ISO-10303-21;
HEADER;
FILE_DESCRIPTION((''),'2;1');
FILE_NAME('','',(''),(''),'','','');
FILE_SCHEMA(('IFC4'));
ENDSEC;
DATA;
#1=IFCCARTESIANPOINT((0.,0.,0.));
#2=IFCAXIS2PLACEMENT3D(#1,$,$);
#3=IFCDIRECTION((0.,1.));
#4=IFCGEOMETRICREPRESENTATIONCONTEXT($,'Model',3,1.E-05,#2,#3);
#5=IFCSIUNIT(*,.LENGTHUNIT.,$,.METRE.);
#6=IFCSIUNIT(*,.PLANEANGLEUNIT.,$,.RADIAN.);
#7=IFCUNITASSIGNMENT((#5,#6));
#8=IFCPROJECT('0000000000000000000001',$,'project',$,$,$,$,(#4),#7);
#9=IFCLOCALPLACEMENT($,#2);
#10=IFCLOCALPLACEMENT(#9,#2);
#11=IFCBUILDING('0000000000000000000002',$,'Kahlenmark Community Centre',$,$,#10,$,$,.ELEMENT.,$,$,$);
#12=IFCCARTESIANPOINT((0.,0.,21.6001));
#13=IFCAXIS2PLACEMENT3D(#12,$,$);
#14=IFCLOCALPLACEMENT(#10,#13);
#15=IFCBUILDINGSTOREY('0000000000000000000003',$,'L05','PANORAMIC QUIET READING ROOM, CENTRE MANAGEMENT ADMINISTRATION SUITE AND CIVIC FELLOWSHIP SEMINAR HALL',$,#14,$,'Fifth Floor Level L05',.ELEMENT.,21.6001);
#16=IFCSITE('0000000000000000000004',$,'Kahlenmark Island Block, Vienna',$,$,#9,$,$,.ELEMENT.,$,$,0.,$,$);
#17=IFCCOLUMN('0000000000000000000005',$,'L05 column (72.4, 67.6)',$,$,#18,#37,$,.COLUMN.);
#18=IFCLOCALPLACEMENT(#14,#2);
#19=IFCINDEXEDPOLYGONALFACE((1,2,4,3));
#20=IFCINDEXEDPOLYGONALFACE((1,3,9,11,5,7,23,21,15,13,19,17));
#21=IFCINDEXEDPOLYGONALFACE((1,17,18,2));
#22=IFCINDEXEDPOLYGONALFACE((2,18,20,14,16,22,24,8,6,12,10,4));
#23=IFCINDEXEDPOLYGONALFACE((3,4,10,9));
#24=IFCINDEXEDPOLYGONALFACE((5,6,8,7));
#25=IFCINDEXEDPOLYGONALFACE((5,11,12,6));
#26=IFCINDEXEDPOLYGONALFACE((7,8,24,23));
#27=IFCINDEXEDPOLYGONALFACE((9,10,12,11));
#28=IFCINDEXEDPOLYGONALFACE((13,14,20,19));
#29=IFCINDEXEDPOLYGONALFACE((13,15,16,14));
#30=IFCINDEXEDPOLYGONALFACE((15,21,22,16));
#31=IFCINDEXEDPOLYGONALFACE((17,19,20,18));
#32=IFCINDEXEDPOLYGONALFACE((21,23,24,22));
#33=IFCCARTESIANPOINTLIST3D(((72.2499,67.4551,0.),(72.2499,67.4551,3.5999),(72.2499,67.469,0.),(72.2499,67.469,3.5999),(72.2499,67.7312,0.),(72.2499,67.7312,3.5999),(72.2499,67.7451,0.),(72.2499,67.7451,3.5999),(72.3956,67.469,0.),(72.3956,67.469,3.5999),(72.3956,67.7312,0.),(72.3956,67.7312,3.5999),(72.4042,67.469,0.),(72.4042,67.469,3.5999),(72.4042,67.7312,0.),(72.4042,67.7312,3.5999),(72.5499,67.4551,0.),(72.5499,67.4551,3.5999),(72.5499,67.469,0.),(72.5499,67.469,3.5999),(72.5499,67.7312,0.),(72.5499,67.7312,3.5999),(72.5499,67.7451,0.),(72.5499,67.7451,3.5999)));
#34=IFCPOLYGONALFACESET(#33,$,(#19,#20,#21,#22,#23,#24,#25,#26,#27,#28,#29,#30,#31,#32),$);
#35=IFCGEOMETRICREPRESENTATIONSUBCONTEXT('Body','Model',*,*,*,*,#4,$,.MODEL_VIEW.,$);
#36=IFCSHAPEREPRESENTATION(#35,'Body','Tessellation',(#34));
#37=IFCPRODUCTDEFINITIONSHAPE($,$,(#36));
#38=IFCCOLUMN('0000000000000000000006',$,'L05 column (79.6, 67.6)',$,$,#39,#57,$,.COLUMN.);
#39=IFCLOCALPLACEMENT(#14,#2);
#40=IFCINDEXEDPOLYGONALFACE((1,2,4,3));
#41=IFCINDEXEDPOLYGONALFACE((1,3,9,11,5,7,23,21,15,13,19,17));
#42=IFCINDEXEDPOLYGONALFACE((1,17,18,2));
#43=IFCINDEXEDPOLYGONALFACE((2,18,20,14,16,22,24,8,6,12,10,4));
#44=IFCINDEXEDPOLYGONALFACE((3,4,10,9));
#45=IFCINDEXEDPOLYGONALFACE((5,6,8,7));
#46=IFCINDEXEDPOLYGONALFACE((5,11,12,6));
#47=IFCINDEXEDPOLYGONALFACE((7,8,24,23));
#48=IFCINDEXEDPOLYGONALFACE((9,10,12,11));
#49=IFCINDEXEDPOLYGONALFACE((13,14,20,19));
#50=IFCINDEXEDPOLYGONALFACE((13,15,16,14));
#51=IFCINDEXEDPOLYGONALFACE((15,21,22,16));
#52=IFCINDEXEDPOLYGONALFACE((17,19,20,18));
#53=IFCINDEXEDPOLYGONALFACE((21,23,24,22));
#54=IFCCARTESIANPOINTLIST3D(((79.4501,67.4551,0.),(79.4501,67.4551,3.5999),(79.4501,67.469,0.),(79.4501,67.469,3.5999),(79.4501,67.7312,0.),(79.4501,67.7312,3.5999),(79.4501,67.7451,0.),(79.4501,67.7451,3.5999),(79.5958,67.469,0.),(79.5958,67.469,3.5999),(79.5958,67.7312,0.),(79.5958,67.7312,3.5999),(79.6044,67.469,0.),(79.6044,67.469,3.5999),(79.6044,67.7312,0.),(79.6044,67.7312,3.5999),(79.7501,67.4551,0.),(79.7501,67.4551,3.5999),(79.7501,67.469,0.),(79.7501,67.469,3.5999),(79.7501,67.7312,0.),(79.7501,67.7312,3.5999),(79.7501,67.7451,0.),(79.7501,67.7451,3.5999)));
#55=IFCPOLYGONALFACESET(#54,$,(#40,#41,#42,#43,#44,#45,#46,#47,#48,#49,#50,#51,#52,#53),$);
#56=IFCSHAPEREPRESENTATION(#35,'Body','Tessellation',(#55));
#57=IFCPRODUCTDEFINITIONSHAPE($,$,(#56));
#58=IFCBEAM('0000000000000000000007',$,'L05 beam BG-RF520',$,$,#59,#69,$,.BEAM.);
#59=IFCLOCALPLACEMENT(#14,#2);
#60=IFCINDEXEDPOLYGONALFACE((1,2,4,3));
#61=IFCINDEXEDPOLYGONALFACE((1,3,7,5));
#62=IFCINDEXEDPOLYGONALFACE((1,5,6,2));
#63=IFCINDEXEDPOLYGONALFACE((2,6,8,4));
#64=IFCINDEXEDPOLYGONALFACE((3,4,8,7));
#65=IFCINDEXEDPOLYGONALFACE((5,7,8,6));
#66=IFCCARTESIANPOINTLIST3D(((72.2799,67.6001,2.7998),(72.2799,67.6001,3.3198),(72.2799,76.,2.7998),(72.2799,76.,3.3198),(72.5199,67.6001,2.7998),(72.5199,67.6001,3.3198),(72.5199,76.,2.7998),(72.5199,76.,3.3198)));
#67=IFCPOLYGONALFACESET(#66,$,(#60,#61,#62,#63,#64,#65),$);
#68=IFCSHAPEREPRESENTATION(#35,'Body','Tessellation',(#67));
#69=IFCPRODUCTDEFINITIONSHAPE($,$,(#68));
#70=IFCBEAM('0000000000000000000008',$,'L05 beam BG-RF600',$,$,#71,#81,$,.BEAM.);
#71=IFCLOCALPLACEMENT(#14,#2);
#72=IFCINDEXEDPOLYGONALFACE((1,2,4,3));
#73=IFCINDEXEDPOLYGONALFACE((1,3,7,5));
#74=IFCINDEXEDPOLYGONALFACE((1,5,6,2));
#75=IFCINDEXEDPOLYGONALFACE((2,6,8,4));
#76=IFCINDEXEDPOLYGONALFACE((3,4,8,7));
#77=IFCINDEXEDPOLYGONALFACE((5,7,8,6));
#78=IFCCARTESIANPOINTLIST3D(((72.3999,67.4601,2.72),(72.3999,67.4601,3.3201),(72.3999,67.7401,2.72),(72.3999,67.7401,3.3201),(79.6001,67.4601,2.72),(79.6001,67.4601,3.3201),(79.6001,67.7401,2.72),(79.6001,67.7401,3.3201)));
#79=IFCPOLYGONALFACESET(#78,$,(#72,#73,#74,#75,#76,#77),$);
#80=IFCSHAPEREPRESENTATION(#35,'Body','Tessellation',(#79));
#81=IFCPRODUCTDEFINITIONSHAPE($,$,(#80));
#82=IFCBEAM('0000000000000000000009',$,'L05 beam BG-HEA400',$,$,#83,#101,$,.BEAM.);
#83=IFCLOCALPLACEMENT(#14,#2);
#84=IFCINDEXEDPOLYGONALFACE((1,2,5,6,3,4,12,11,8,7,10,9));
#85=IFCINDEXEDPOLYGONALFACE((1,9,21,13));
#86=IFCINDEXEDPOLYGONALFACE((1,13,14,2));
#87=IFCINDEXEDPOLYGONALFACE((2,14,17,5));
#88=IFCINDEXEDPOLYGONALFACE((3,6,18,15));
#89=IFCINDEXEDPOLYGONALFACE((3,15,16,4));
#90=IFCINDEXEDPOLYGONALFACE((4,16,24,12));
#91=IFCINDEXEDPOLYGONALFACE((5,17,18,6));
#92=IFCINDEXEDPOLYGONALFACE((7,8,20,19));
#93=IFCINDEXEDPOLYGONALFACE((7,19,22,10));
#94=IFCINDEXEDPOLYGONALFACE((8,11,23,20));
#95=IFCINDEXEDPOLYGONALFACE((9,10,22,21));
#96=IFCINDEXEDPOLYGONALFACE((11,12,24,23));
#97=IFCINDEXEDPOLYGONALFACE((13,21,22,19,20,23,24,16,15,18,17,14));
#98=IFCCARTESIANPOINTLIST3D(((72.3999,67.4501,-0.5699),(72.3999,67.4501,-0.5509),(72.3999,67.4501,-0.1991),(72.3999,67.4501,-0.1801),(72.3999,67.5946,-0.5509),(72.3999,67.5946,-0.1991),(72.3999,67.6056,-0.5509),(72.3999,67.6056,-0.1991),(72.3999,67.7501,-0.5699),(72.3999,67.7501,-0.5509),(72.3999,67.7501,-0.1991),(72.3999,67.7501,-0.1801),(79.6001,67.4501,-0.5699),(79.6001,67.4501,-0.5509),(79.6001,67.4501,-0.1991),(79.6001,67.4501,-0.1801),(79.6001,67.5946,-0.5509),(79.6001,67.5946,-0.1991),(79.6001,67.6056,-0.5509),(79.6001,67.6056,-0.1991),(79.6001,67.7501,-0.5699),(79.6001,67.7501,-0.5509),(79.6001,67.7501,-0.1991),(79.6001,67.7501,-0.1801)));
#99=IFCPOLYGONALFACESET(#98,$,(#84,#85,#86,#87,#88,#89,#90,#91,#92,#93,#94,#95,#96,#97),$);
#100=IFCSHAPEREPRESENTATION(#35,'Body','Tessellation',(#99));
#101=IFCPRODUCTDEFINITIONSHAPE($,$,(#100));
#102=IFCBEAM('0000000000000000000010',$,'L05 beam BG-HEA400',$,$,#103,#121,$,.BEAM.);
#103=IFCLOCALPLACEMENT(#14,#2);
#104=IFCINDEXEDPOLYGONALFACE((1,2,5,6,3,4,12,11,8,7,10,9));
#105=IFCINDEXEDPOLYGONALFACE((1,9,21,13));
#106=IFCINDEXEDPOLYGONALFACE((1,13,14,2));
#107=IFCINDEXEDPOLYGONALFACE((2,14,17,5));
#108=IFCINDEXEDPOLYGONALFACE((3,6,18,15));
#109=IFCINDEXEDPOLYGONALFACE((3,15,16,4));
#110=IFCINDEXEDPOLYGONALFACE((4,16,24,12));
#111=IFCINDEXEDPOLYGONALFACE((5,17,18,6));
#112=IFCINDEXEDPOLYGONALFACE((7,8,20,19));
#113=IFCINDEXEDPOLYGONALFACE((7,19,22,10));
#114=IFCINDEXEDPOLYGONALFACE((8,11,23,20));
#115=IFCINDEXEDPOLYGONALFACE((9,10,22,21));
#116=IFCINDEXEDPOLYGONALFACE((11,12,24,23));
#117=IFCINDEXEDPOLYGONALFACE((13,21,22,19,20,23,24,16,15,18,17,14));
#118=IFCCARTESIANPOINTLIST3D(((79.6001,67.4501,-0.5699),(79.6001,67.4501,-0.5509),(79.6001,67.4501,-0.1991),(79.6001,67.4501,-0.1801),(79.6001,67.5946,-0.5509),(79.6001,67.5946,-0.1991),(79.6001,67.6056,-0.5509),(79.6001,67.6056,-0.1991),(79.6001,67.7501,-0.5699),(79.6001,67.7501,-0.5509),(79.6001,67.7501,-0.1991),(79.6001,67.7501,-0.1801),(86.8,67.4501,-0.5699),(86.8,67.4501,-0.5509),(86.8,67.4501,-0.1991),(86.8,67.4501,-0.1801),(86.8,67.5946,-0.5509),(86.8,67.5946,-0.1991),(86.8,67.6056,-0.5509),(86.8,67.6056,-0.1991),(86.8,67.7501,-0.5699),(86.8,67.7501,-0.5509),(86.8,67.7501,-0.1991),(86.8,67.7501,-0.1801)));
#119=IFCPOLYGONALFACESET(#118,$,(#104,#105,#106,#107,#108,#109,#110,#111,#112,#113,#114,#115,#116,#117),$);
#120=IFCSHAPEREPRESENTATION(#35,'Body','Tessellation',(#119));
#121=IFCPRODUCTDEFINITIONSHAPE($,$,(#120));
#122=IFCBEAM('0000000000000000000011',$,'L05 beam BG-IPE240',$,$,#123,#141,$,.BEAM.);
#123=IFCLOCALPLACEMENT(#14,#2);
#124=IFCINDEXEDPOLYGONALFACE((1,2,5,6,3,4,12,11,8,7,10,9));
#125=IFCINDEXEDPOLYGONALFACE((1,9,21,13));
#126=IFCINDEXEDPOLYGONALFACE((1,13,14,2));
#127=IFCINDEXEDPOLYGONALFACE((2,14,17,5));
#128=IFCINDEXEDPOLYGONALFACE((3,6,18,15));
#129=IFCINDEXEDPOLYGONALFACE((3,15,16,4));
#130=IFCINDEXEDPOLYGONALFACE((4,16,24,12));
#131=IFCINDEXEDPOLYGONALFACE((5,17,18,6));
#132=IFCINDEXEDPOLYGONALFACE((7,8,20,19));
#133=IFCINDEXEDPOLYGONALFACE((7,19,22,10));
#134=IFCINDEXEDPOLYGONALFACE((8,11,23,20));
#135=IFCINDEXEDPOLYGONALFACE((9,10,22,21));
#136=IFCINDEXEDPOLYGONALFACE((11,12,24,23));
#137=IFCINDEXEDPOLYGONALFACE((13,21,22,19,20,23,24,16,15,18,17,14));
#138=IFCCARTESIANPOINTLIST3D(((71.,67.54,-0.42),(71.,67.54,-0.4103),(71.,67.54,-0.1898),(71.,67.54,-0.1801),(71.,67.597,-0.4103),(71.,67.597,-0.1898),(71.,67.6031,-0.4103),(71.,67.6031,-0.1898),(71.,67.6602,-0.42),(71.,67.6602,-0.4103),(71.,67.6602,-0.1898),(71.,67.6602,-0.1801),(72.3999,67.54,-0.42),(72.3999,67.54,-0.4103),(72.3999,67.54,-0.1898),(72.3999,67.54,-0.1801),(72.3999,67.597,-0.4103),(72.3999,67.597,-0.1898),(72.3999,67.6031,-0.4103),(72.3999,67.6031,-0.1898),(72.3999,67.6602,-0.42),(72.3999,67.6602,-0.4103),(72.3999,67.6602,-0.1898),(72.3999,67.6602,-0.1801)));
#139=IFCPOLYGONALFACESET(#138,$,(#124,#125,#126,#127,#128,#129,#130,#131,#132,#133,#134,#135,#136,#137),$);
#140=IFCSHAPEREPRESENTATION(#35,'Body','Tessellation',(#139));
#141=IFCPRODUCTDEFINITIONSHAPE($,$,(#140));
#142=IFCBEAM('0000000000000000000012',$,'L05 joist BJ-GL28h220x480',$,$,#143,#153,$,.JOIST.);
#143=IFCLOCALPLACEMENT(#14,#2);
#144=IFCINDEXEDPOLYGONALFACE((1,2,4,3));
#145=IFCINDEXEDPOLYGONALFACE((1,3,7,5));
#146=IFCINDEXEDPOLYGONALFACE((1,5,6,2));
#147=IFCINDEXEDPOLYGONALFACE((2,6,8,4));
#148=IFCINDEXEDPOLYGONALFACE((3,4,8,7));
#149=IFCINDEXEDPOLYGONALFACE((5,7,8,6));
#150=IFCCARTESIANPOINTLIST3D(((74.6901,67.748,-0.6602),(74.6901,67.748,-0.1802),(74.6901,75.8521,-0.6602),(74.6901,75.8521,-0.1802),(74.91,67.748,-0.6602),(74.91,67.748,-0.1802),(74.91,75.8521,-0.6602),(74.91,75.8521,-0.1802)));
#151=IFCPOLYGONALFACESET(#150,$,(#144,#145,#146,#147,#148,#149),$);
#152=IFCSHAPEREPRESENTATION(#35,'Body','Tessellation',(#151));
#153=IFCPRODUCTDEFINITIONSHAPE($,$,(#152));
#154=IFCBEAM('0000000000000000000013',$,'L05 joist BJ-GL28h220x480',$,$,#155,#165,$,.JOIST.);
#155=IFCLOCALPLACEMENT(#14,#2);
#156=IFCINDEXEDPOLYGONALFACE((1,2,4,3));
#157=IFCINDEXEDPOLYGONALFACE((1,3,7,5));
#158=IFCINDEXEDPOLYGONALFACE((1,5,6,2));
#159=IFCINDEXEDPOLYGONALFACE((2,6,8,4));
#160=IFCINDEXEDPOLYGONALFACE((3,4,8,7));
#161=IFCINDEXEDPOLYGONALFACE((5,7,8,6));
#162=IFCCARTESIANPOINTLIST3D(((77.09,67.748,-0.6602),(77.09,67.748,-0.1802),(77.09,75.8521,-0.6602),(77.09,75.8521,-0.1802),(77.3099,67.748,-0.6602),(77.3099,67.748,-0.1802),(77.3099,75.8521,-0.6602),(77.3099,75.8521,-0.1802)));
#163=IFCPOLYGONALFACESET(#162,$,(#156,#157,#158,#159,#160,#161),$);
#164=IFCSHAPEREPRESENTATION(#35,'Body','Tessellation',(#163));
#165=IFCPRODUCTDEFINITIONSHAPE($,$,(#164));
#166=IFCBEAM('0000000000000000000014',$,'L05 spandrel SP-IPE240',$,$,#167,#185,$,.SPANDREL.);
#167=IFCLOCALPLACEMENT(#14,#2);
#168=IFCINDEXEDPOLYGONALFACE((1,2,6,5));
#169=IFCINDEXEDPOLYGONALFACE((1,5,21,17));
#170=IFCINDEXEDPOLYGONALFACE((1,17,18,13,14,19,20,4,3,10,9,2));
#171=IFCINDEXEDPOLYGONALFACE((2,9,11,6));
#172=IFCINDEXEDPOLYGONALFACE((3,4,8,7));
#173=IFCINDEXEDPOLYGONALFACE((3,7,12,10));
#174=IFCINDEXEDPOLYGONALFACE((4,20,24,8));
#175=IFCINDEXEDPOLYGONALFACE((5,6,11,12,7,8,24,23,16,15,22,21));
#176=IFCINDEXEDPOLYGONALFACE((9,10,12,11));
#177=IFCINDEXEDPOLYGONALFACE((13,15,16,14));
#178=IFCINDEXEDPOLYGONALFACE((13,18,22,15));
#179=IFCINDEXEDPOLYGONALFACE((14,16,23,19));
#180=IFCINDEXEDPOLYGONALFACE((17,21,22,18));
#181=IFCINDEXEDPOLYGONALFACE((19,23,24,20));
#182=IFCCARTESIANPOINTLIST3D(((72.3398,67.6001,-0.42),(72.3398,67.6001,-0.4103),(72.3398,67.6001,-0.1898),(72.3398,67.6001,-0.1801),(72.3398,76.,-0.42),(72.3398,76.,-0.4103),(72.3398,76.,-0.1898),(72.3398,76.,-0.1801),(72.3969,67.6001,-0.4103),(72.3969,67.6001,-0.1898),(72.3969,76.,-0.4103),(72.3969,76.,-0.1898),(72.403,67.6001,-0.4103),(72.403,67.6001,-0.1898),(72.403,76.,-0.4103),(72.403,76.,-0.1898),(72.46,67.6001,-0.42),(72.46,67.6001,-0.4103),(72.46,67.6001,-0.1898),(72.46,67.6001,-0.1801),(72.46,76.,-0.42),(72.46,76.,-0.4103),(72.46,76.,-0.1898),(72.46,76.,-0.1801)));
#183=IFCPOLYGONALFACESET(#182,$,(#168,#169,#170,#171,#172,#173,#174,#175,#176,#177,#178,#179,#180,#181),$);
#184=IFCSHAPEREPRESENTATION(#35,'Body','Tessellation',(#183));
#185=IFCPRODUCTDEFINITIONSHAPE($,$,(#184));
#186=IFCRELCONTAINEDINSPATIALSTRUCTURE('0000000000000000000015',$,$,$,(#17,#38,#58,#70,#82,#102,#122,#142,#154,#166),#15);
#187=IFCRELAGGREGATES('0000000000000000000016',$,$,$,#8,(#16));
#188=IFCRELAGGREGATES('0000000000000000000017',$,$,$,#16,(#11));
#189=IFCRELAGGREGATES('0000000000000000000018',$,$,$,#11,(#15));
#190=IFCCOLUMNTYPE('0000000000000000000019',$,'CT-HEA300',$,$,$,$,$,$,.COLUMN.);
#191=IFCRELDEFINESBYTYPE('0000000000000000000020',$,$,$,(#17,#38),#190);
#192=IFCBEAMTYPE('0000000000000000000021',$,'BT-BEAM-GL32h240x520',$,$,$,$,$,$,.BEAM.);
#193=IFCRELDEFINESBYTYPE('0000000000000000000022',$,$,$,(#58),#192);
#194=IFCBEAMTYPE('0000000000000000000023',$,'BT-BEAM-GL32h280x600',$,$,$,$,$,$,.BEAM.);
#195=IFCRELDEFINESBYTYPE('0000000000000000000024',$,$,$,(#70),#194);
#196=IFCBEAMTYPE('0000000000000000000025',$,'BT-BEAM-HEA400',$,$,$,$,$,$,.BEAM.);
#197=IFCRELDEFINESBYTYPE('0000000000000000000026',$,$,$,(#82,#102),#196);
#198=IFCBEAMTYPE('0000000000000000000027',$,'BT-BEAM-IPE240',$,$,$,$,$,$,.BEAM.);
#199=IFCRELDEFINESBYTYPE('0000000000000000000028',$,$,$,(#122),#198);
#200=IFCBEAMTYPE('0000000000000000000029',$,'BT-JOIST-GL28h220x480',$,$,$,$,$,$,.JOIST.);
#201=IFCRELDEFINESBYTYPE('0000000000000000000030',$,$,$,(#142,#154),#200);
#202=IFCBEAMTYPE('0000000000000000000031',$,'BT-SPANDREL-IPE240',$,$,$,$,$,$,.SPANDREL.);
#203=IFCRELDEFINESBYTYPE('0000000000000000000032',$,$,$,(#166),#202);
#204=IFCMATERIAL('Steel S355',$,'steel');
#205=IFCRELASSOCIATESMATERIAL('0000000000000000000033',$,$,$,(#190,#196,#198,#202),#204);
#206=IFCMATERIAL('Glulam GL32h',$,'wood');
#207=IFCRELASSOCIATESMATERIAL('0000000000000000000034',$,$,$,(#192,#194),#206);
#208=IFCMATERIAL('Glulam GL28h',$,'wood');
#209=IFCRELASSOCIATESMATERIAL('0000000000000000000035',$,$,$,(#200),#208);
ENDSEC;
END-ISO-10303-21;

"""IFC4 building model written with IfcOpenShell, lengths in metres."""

from ifc_helpers import new_model, si_unit, direction, frame, origin, origin_2d, place, context, subcontext, project, spatial, rectangle, i_section, extrude, material, material_profile, profile_set, type_object, element, save


model = new_model("IFC4")

# Units and contexts
model_context = context("Model", 3, precision=1e-05, world=origin(), true_north=direction((0.0, 1.0)))
body_context = subcontext(model_context, "Body", "Model", "MODEL_VIEW")
ifc_project = project(units=[si_unit("LENGTHUNIT", "METRE"), si_unit("PLANEANGLEUNIT", "RADIAN")], contexts=[model_context])

# Site, building, storey
site_placement = place(None, origin())
site = spatial("IfcSite", under=ifc_project, at=site_placement, Name="Kahlenmark Island Block, Vienna", CompositionType="ELEMENT", RefElevation=0.0)
building_placement = place(site_placement, origin())
building = spatial("IfcBuilding", under=site, at=building_placement, Name="Kahlenmark Community Centre", CompositionType="ELEMENT")
storey_placement = place(building_placement, frame((0.0, 0.0, 21.6001)))
storey = spatial("IfcBuildingStorey", under=building, at=storey_placement, Name="L05", Description="PANORAMIC QUIET READING ROOM, CENTRE MANAGEMENT ADMINISTRATION SUITE AND CIVIC FELLOWSHIP SEMINAR HALL", LongName="Fifth Floor Level L05", CompositionType="ELEMENT", Elevation=21.6001)

# Columns
ifc_material_1 = material(Name="Steel S355", Category="steel")
ifc_material_profile_1 = material_profile(ifc_material_1, i_section(OverallWidth=0.3, OverallDepth=0.29, WebThickness=0.0085, FlangeThickness=0.0139, at=origin_2d()), Name="HEA 300")
ifc_profile_set_1 = profile_set([ifc_material_profile_1], Name="Steel S355")
column_type = type_object("IfcColumnType", Name="CT-HEA300", PredefinedType="COLUMN", material=ifc_profile_set_1)
for number, where, z_axis, x_axis, name in (
    (1, (72.3999, 67.6001, 0.0), (0.0, 0.0, 1.0), (1.0, 0.0, 0.0), "L05 column (72.4, 67.6)"),
    (2, (79.6001, 67.6001, 0.0), (0.0, 0.0, 1.0), (1.0, 0.0, 0.0), "L05 column (79.6, 67.6)"),
):
    element("IfcColumn", number, at=place(storey_placement, frame(where, z_axis=z_axis, x_axis=x_axis)), inside=storey, type_object=column_type, Name=name, PredefinedType="COLUMN", context=body_context, shape_type="SweptSolid", body=[
        extrude(i_section(OverallWidth=0.3, OverallDepth=0.29, WebThickness=0.0085, FlangeThickness=0.0139, at=origin_2d()), origin(), (0.0, 0.0, 1.0), 3.5999),
    ])

# Beams
ifc_material_2 = material(Name="Glulam GL32h", Category="wood")
ifc_material_profile_2 = material_profile(ifc_material_2, rectangle(XDim=0.24, YDim=0.52, at=origin_2d()), Name="GL32h 240x520")
ifc_profile_set_2 = profile_set([ifc_material_profile_2], Name="Glulam GL32h")
beam_type_1 = type_object("IfcBeamType", Name="BT-BEAM-GL32h240x520", PredefinedType="BEAM", material=ifc_profile_set_2)
beam_1_placement = place(storey_placement, frame((72.3999, 67.6001, 3.0598), z_axis=(0.0, 1.0, 0.0), x_axis=(-1.0, 0.0, 0.0)))
element("IfcBeam", 3, at=beam_1_placement, inside=storey, type_object=beam_type_1, Name="L05 beam BG-RF520", PredefinedType="BEAM", context=body_context, shape_type="SweptSolid", body=[
    extrude(rectangle(XDim=0.24, YDim=0.52, at=origin_2d()), origin(), (0.0, 0.0, 1.0), 8.3999),
])
ifc_material_profile_3 = material_profile(ifc_material_2, rectangle(XDim=0.28, YDim=0.6001, at=origin_2d()), Name="GL32h 280x600")
ifc_profile_set_3 = profile_set([ifc_material_profile_3], Name="Glulam GL32h")
beam_type_2 = type_object("IfcBeamType", Name="BT-BEAM-GL32h280x600", PredefinedType="BEAM", material=ifc_profile_set_3)
beam_2_placement = place(storey_placement, frame((72.3999, 67.6001, 3.02), z_axis=(1.0, 0.0, 0.0), x_axis=(0.0, 1.0, 0.0)))
element("IfcBeam", 4, at=beam_2_placement, inside=storey, type_object=beam_type_2, Name="L05 beam BG-RF600", PredefinedType="BEAM", context=body_context, shape_type="SweptSolid", body=[
    extrude(rectangle(XDim=0.28, YDim=0.6001, at=origin_2d()), origin(), (0.0, 0.0, 1.0), 7.2002),
])
ifc_material_profile_4 = material_profile(ifc_material_1, i_section(OverallWidth=0.3, OverallDepth=0.3899, WebThickness=0.011, FlangeThickness=0.019, at=origin_2d()), Name="HEA 400")
ifc_profile_set_4 = profile_set([ifc_material_profile_4], Name="Steel S355")
beam_type_3 = type_object("IfcBeamType", Name="BT-BEAM-HEA400", PredefinedType="BEAM", material=ifc_profile_set_4)
beam_3_placement = place(storey_placement, frame((72.3999, 67.6001, -0.375), z_axis=(1.0, 0.0, 0.0), x_axis=(0.0, 1.0, 0.0)))
element("IfcBeam", 5, at=beam_3_placement, inside=storey, type_object=beam_type_3, Name="L05 beam BG-HEA400", PredefinedType="BEAM", context=body_context, shape_type="SweptSolid", body=[
    extrude(i_section(OverallWidth=0.3, OverallDepth=0.3899, WebThickness=0.011, FlangeThickness=0.019, at=origin_2d()), origin(), (0.0, 0.0, 1.0), 7.2002),
])
beam_4_placement = place(storey_placement, frame((79.6001, 67.6001, -0.375), z_axis=(1.0, 0.0, 0.0), x_axis=(0.0, 1.0, 0.0)))
element("IfcBeam", 6, at=beam_4_placement, inside=storey, type_object=beam_type_3, Name="L05 beam BG-HEA400", PredefinedType="BEAM", context=body_context, shape_type="SweptSolid", body=[
    extrude(i_section(OverallWidth=0.3, OverallDepth=0.3899, WebThickness=0.011, FlangeThickness=0.019, at=origin_2d()), origin(), (0.0, 0.0, 1.0), 7.2),
])
ifc_material_profile_5 = material_profile(ifc_material_1, i_section(OverallWidth=0.1201, OverallDepth=0.24, WebThickness=0.0061, FlangeThickness=0.0098, at=origin_2d()), Name="IPE 240")
ifc_profile_set_5 = profile_set([ifc_material_profile_5], Name="Steel S355")
beam_type_4 = type_object("IfcBeamType", Name="BT-BEAM-IPE240", PredefinedType="BEAM", material=ifc_profile_set_5)
beam_5_placement = place(storey_placement, frame((71.0, 67.6001, -0.3), z_axis=(1.0, 0.0, 0.0), x_axis=(0.0, 1.0, 0.0)))
element("IfcBeam", 7, at=beam_5_placement, inside=storey, type_object=beam_type_4, Name="L05 beam BG-IPE240", PredefinedType="BEAM", context=body_context, shape_type="SweptSolid", body=[
    extrude(i_section(OverallWidth=0.1201, OverallDepth=0.24, WebThickness=0.0061, FlangeThickness=0.0098, at=origin_2d()), origin(), (0.0, 0.0, 1.0), 1.3999),
])
ifc_material_3 = material(Name="Glulam GL28h", Category="wood")
ifc_material_profile_6 = material_profile(ifc_material_3, rectangle(XDim=0.22, YDim=0.48, at=origin_2d()), Name="GL28h 220x480")
ifc_profile_set_6 = profile_set([ifc_material_profile_6], Name="Glulam GL28h")
beam_type_5 = type_object("IfcBeamType", Name="BT-JOIST-GL28h220x480", PredefinedType="JOIST", material=ifc_profile_set_6)
for number, where, z_axis, x_axis, name in (
    (8, (74.8, 67.748, -0.4202), (0.0, 1.0, 0.0), (-1.0, 0.0, 0.0), "L05 joist BJ-GL28h220x480"),
    (9, (77.2, 67.748, -0.4202), (0.0, 1.0, 0.0), (-1.0, 0.0, 0.0), "L05 joist BJ-GL28h220x480"),
):
    element("IfcBeam", number, at=place(storey_placement, frame(where, z_axis=z_axis, x_axis=x_axis)), inside=storey, type_object=beam_type_5, Name=name, PredefinedType="JOIST", context=body_context, shape_type="SweptSolid", body=[
        extrude(rectangle(XDim=0.22, YDim=0.48, at=origin_2d()), origin(), (0.0, 0.0, 1.0), 8.104),
    ])
ifc_material_profile_7 = material_profile(ifc_material_1, i_section(OverallWidth=0.1201, OverallDepth=0.24, WebThickness=0.0061, FlangeThickness=0.0098, at=origin_2d()), Name="IPE 240")
ifc_profile_set_7 = profile_set([ifc_material_profile_7], Name="Steel S355")
beam_type_6 = type_object("IfcBeamType", Name="BT-SPANDREL-IPE240", PredefinedType="SPANDREL", material=ifc_profile_set_7)
for number, where, z_axis, x_axis, name in (
    (10, (72.3999, 67.6001, -0.3), (0.0, 1.0, 0.0), (-1.0, 0.0, 0.0), "L05 spandrel SP-IPE240"),
):
    element("IfcBeam", number, at=place(storey_placement, frame(where, z_axis=z_axis, x_axis=x_axis)), inside=storey, type_object=beam_type_6, Name=name, PredefinedType="SPANDREL", context=body_context, shape_type="SweptSolid", body=[
        extrude(i_section(OverallWidth=0.1201, OverallDepth=0.24, WebThickness=0.0061, FlangeThickness=0.0098, at=origin_2d()), origin(), (0.0, 0.0, 1.0), 8.3999),
    ])

save(model, "model.ifc")
